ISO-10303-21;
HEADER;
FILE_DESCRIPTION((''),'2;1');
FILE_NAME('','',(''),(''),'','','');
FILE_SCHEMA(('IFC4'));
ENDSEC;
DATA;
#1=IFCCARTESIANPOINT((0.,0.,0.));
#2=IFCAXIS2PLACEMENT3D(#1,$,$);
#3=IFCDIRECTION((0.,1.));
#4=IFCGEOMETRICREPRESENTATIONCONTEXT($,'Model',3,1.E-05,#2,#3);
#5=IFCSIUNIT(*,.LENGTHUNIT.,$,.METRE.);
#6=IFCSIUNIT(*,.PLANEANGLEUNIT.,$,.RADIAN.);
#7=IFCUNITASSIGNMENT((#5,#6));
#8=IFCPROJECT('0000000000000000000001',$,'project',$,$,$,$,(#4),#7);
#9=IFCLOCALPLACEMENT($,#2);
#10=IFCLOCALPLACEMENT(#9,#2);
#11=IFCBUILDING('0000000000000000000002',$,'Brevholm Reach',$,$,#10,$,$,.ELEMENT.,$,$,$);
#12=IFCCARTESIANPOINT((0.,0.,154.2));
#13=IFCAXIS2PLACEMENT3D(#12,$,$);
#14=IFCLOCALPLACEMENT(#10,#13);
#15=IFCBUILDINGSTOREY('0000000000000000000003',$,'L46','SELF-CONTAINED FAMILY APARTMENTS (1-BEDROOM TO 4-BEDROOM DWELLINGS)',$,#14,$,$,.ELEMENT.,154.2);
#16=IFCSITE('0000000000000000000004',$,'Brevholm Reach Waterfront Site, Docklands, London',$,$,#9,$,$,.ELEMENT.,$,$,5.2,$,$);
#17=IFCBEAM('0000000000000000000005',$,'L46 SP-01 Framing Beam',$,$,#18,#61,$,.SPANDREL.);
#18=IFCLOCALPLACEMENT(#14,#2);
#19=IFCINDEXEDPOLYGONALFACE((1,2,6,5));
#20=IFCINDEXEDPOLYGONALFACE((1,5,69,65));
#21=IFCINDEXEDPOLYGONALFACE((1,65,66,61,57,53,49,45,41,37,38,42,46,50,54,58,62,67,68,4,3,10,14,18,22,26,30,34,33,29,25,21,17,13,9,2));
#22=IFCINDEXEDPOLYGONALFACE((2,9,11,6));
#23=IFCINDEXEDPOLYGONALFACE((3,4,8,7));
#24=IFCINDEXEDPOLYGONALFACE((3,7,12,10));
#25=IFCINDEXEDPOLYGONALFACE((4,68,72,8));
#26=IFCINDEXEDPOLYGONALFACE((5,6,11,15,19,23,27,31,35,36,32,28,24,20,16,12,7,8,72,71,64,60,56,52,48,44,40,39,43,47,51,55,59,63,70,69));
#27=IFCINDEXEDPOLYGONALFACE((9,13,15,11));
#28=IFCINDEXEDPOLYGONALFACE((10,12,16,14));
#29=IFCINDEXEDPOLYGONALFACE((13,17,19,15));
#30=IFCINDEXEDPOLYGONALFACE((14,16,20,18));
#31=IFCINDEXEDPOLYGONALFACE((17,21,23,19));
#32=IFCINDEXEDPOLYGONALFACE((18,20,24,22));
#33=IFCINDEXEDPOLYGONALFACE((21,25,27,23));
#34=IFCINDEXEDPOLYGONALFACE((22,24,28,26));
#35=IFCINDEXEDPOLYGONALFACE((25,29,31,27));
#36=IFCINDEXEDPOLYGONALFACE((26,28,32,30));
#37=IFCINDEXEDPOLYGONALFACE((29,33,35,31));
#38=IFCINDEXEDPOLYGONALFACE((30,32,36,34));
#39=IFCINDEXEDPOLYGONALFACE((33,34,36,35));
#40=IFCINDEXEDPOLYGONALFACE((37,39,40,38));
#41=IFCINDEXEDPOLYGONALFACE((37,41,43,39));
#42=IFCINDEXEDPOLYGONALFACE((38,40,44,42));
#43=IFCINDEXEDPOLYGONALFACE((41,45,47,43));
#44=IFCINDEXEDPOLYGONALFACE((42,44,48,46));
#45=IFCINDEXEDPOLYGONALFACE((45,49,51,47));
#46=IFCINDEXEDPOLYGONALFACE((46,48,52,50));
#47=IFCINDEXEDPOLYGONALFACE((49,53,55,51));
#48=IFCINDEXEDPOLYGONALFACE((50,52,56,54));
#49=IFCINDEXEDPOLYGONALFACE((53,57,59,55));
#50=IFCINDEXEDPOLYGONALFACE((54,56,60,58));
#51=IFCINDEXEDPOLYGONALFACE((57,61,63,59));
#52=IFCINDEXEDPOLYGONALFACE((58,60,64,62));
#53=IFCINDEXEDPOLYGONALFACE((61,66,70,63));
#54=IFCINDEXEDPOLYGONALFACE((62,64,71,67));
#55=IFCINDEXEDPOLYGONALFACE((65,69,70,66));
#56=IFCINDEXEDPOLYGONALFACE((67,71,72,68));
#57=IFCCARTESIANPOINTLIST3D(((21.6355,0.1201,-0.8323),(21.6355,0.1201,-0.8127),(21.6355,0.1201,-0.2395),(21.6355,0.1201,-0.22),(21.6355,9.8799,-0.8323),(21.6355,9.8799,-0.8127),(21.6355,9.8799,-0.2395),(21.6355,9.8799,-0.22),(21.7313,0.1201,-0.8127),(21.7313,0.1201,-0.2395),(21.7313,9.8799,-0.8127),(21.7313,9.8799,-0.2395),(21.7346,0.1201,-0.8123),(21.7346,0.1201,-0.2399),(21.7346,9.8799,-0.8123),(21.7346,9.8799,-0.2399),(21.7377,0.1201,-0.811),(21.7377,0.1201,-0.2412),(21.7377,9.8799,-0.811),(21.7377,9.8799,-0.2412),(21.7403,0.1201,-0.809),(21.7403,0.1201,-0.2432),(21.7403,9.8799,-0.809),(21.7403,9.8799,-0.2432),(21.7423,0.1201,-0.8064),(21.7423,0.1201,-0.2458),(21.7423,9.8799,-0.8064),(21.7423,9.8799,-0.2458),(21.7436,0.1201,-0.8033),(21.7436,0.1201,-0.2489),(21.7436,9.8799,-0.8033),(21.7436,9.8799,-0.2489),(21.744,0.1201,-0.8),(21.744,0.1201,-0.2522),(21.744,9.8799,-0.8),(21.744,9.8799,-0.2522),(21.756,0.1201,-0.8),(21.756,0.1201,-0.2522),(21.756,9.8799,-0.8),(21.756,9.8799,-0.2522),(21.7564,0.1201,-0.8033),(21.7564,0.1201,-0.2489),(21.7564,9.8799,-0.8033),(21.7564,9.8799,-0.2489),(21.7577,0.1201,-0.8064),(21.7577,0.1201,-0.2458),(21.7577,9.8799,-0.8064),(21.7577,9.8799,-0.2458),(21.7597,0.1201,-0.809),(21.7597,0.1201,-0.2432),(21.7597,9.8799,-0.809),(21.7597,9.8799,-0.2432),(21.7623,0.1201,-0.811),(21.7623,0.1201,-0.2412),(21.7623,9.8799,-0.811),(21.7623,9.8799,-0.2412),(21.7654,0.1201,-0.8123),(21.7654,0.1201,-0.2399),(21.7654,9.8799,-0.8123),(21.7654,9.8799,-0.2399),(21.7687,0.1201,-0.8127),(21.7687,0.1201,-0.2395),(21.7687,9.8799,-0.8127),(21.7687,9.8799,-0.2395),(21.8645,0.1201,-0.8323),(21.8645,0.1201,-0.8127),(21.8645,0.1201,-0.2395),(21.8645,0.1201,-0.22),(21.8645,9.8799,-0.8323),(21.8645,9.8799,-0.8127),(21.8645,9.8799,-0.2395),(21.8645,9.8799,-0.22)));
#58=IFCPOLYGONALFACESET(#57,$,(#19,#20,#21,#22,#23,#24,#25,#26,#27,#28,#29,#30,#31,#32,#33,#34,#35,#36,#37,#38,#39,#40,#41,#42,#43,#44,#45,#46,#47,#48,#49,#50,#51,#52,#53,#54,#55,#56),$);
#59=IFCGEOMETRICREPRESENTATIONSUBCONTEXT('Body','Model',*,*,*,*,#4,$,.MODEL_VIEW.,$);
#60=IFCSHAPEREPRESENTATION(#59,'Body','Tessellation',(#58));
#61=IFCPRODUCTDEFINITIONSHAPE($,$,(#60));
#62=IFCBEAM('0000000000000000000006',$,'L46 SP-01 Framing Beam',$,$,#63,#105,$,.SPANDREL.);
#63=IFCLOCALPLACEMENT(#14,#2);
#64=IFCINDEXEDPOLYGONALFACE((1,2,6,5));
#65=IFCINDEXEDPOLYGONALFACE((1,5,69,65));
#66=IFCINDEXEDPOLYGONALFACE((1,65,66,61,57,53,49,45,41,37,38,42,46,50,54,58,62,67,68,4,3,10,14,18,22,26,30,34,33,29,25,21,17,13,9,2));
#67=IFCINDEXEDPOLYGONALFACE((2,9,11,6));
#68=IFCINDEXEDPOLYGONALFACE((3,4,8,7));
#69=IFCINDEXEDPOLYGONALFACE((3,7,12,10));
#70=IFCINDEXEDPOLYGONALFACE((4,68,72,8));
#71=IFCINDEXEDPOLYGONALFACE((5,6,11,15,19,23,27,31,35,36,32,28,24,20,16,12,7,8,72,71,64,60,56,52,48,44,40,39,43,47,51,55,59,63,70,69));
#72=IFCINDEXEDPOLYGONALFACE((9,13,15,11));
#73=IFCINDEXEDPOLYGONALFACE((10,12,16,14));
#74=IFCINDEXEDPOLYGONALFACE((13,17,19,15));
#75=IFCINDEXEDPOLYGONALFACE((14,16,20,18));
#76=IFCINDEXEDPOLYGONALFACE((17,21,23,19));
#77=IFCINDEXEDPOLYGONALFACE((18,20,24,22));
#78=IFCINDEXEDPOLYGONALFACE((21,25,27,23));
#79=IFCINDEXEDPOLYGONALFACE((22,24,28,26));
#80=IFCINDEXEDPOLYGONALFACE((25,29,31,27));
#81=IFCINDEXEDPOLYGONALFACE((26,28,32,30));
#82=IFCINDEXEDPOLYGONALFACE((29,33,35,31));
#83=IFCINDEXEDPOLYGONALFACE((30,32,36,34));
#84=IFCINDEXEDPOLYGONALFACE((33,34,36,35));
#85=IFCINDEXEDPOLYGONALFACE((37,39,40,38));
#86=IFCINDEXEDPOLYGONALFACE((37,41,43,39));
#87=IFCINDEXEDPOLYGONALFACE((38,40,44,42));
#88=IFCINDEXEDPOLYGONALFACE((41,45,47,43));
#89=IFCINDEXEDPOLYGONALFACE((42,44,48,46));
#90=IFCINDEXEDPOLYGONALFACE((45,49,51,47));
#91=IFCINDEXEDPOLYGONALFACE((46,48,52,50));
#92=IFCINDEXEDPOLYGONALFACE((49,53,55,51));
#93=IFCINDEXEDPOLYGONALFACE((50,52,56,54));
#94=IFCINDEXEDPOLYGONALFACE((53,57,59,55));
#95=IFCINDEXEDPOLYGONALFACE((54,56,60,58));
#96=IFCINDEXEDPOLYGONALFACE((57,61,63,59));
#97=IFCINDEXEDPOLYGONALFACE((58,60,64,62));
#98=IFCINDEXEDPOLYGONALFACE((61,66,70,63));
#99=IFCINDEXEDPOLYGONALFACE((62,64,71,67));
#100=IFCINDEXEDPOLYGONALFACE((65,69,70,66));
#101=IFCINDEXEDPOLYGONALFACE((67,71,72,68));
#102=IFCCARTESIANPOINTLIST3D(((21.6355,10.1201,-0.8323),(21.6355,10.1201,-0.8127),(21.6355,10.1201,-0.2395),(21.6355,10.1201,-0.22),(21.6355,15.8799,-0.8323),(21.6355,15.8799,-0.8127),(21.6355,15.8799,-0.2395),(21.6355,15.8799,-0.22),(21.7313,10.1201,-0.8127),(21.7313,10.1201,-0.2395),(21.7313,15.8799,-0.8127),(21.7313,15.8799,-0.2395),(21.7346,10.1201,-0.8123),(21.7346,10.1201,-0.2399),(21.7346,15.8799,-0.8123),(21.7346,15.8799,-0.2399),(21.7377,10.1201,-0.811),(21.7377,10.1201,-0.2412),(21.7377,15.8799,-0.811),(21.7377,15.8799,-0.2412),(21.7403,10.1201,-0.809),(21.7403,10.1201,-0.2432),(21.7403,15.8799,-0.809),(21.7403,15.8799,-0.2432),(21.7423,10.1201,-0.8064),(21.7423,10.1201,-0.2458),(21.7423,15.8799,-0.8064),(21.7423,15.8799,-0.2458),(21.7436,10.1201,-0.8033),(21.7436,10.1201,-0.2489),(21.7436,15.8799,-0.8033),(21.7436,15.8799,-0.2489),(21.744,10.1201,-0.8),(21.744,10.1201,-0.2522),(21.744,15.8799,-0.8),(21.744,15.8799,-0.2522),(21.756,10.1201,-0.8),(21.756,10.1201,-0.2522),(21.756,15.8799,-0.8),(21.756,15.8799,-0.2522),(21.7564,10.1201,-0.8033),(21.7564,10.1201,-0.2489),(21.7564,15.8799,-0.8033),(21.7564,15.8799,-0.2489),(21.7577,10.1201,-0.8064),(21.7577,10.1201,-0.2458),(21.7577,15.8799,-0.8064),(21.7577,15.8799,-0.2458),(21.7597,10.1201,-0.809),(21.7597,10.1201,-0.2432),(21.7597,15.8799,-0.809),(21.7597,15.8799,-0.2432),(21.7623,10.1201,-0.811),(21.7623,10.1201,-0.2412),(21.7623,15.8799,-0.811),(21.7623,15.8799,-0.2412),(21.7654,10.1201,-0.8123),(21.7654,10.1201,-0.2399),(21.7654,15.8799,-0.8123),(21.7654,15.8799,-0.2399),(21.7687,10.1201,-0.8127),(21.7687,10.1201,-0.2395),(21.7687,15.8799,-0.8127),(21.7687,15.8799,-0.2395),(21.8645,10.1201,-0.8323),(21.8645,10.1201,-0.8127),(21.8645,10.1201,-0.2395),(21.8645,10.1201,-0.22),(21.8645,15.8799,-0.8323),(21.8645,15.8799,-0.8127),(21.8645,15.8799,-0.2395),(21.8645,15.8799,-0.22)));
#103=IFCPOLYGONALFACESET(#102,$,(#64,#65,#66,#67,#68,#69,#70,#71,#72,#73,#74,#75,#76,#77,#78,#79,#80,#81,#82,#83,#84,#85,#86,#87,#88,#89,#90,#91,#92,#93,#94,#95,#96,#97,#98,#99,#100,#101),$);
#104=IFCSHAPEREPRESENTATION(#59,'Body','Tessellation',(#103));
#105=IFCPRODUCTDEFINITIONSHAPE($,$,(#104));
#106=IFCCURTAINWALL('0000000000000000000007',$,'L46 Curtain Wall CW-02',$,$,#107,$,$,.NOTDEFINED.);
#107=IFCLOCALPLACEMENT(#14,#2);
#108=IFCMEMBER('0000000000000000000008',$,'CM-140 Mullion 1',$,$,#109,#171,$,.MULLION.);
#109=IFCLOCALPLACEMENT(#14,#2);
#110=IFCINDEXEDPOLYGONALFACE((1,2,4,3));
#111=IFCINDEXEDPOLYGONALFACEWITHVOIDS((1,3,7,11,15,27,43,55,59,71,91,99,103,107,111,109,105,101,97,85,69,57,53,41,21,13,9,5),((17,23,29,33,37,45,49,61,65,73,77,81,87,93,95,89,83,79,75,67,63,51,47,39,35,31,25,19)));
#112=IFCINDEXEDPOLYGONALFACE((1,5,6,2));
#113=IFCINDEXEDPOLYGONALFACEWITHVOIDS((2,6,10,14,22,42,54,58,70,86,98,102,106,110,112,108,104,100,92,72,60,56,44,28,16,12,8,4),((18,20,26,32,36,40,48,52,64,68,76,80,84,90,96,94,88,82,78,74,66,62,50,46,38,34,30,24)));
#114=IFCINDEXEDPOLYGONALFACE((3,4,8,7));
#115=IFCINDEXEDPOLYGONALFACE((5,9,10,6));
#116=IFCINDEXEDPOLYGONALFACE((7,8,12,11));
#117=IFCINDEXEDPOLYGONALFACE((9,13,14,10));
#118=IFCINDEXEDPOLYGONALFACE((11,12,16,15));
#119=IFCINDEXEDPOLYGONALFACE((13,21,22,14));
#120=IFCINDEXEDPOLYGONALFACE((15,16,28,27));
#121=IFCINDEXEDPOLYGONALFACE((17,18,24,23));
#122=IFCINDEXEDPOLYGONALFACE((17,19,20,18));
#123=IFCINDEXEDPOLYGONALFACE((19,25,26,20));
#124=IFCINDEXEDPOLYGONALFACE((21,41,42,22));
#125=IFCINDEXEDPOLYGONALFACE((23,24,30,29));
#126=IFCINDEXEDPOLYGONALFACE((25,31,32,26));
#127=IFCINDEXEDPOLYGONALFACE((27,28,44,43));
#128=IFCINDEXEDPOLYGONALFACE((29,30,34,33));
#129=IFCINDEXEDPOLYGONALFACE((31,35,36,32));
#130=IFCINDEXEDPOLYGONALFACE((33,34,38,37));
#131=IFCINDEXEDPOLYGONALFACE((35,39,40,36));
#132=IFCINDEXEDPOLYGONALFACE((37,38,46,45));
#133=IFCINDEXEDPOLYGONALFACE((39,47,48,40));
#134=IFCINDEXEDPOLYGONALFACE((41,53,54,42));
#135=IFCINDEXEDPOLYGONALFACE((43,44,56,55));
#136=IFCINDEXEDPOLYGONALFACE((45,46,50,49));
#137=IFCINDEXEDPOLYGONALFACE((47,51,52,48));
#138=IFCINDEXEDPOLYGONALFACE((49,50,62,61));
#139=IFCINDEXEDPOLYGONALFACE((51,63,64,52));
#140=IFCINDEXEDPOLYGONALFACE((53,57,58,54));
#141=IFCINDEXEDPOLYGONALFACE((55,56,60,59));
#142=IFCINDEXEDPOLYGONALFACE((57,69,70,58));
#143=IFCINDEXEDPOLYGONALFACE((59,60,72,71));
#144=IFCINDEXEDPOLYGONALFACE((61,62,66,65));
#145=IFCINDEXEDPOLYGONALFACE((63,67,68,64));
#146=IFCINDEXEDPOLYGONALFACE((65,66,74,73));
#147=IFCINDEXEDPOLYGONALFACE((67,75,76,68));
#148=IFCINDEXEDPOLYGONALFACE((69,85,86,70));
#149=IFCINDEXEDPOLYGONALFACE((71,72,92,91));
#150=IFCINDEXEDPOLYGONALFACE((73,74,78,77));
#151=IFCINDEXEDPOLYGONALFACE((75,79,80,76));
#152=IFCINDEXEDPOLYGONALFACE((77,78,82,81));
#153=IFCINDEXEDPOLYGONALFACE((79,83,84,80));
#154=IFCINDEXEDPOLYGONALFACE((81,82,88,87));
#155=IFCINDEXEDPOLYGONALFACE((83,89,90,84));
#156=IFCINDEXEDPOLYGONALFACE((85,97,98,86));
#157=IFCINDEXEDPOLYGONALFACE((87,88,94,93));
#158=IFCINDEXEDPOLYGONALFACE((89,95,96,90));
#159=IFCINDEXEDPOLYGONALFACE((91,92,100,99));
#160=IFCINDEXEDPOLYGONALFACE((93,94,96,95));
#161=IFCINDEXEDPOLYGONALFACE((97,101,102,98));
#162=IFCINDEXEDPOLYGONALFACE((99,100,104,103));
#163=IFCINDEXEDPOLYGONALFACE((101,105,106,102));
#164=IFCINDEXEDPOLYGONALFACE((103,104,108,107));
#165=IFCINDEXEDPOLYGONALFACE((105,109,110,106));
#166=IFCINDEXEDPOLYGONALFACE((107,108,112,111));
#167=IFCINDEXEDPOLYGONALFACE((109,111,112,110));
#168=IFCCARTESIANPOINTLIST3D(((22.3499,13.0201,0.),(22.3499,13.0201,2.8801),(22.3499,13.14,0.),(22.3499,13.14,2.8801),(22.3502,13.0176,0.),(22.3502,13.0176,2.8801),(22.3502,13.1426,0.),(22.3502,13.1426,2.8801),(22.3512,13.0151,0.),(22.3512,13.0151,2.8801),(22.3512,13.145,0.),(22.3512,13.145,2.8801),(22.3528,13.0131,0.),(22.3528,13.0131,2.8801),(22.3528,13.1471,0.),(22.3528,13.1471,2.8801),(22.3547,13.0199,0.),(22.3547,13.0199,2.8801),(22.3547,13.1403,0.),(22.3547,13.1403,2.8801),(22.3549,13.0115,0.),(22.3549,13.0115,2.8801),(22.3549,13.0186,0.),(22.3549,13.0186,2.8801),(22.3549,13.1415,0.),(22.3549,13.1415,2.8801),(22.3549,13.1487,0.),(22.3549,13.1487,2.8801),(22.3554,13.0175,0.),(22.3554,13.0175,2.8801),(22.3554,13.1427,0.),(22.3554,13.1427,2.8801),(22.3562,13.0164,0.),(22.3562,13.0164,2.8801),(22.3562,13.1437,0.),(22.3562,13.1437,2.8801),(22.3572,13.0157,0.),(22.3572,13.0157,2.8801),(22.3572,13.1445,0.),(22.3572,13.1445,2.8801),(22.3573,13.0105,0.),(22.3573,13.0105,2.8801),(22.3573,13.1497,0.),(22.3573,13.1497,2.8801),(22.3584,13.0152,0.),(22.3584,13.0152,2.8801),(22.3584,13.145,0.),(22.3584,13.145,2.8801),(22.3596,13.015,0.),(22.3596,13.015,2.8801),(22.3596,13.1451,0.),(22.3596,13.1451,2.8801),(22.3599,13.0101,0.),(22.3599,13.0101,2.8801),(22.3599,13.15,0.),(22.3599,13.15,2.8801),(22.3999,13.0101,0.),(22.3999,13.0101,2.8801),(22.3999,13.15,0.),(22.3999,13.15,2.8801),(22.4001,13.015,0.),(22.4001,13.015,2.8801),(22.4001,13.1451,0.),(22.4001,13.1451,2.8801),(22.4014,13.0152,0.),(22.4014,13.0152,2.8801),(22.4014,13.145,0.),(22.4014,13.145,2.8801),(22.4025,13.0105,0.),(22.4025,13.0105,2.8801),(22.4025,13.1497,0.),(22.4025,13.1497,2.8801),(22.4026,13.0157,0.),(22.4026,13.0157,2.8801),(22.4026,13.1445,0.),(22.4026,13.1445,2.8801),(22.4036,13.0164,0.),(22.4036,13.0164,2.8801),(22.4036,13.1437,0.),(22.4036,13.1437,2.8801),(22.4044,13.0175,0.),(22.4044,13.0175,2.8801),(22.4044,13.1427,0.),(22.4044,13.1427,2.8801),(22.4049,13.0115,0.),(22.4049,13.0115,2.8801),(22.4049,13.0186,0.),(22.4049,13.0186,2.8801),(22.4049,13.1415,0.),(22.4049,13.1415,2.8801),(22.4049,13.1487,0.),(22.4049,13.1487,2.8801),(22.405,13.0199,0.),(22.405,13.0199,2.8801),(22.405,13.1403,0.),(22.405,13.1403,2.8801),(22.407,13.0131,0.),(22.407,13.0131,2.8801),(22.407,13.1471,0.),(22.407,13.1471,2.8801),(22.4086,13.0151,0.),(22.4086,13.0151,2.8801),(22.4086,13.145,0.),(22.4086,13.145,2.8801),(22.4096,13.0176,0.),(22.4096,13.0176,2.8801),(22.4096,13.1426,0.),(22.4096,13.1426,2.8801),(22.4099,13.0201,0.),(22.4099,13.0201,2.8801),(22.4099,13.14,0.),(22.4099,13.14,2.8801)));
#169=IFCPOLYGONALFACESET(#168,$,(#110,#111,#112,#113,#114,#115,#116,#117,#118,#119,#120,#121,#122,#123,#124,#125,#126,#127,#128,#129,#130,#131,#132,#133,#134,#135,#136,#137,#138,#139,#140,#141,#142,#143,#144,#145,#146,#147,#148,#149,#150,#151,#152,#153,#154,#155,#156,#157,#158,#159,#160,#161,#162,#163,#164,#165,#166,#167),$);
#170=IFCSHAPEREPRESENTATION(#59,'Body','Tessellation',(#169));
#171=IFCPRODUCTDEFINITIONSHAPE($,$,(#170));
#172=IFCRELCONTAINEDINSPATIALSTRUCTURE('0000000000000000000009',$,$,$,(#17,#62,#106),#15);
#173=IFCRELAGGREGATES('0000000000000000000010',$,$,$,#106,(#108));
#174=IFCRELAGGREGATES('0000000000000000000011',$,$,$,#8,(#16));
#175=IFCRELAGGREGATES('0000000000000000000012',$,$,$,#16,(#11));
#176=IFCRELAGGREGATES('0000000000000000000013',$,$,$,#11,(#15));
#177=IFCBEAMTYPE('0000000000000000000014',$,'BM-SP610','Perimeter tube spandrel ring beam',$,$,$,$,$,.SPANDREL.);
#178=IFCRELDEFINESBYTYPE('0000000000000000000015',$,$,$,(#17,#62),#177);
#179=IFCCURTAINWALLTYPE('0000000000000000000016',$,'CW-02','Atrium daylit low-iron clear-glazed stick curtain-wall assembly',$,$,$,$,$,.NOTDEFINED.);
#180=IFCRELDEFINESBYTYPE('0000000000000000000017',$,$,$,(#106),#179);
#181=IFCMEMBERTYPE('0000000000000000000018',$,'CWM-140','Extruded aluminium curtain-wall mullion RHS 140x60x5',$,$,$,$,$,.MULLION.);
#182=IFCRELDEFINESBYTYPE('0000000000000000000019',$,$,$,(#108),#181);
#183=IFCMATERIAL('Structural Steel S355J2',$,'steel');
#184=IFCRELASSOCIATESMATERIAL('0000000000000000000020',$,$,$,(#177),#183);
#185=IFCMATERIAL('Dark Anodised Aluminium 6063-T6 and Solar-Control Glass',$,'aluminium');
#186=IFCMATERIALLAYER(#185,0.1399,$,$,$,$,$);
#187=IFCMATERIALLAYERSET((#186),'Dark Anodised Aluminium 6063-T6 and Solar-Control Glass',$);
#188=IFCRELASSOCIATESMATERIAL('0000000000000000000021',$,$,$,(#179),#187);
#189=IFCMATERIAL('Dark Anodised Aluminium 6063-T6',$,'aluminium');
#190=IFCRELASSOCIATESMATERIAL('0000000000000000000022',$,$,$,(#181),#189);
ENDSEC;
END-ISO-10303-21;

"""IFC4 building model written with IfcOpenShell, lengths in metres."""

from ifc_helpers import new_model, si_unit, direction, frame, origin, origin_2d, place, context, subcontext, project, spatial, hollow_rectangle, i_section, extrude, material, layer, layer_set, material_profile, profile_set, type_object, element, aggregate, save


model = new_model("IFC4")

# Units and contexts
model_context = context("Model", 3, precision=1e-05, world=origin(), true_north=direction((0.0, 1.0)))
body_context = subcontext(model_context, "Body", "Model", "MODEL_VIEW")
ifc_project = project(units=[si_unit("LENGTHUNIT", "METRE"), si_unit("PLANEANGLEUNIT", "RADIAN")], contexts=[model_context])

# Site, building, storey
site_placement = place(None, origin())
site = spatial("IfcSite", under=ifc_project, at=site_placement, Name="Brevholm Reach Waterfront Site, Docklands, London", CompositionType="ELEMENT", RefElevation=5.2)
building_placement = place(site_placement, origin())
building = spatial("IfcBuilding", under=site, at=building_placement, Name="Brevholm Reach", CompositionType="ELEMENT")
storey_placement = place(building_placement, frame((0.0, 0.0, 154.2)))
storey = spatial("IfcBuildingStorey", under=building, at=storey_placement, Name="L46", Description="SELF-CONTAINED FAMILY APARTMENTS (1-BEDROOM TO 4-BEDROOM DWELLINGS)", CompositionType="ELEMENT", Elevation=154.2)

# Beams
ifc_material_1 = material(Name="Structural Steel S355J2", Category="steel")
ifc_material_profile_1 = material_profile(ifc_material_1, i_section(OverallWidth=0.229, OverallDepth=0.6123, WebThickness=0.012, FlangeThickness=0.0195, FilletRadius=0.0127, at=origin_2d()), Name="UKB 610x229x125")
ifc_profile_set_1 = profile_set([ifc_material_profile_1], Name="Structural Steel S355J2")
beam_type_1 = type_object("IfcBeamType", Name="BM-SP610", Description="Perimeter tube spandrel ring beam", PredefinedType="SPANDREL", material=ifc_profile_set_1)
beam_1_placement = place(storey_placement, frame((21.75, 0.1201, -0.5261), z_axis=(0.0, 1.0, 0.0), x_axis=(-1.0, 0.0, 0.0)))
element("IfcBeam", 1, at=beam_1_placement, inside=storey, type_object=beam_type_1, Name="L46 SP-01 Framing Beam", PredefinedType="SPANDREL", context=body_context, shape_type="SweptSolid", body=[
    extrude(i_section(OverallWidth=0.229, OverallDepth=0.6123, WebThickness=0.012, FlangeThickness=0.0195, FilletRadius=0.0127, at=origin_2d()), origin(), (0.0, 0.0, 1.0), 9.7598),
])
beam_2_placement = place(storey_placement, frame((21.75, 10.1201, -0.5261), z_axis=(0.0, 1.0, 0.0), x_axis=(-1.0, 0.0, 0.0)))
element("IfcBeam", 2, at=beam_2_placement, inside=storey, type_object=beam_type_1, Name="L46 SP-01 Framing Beam", PredefinedType="SPANDREL", context=body_context, shape_type="SweptSolid", body=[
    extrude(i_section(OverallWidth=0.229, OverallDepth=0.6123, WebThickness=0.012, FlangeThickness=0.0195, FilletRadius=0.0127, at=origin_2d()), origin(), (0.0, 0.0, 1.0), 5.7598),
])

# Curtain wall, member
ifc_material_2 = material(Name="Dark Anodised Aluminium 6063-T6 and Solar-Control Glass", Category="aluminium")
ifc_layer_1 = layer(ifc_material_2, 0.1399)
ifc_layer_set_1 = layer_set([ifc_layer_1], Name="Dark Anodised Aluminium 6063-T6 and Solar-Control Glass")
curtain_wall_type = type_object("IfcCurtainWallType", Name="CW-02", Description="Atrium daylit low-iron clear-glazed stick curtain-wall assembly", PredefinedType="NOTDEFINED", material=ifc_layer_set_1)
curtain_wall_placement = place(storey_placement, origin())
curtain_wall = element("IfcCurtainWall", 3, at=curtain_wall_placement, inside=storey, type_object=curtain_wall_type, Name="L46 Curtain Wall CW-02", PredefinedType="NOTDEFINED")
ifc_material_3 = material(Name="Dark Anodised Aluminium 6063-T6", Category="aluminium")
ifc_material_profile_2 = material_profile(ifc_material_3, hollow_rectangle(XDim=0.0601, YDim=0.1399, WallThickness=0.0049, InnerFilletRadius=0.0049, OuterFilletRadius=0.01, at=origin_2d()), Name="RHS 140x60x5")
ifc_profile_set_2 = profile_set([ifc_material_profile_2], Name="Dark Anodised Aluminium 6063-T6")
member_type_1 = type_object("IfcMemberType", Name="CWM-140", Description="Extruded aluminium curtain-wall mullion RHS 140x60x5", PredefinedType="MULLION", material=ifc_profile_set_2)
member_1_placement = place(storey_placement, frame((22.3799, 13.0801, 0.0), z_axis=(0.0, 0.0, 1.0), x_axis=(1.0, 0.0, 0.0)))
member_1 = element("IfcMember", 4, at=member_1_placement, type_object=member_type_1, Name="CM-140 Mullion 1", PredefinedType="MULLION", context=body_context, shape_type="SweptSolid", body=[
    extrude(hollow_rectangle(XDim=0.0601, YDim=0.1399, WallThickness=0.0049, InnerFilletRadius=0.0049, OuterFilletRadius=0.01, at=origin_2d()), origin(), (0.0, 0.0, 1.0), 2.8801),
])
aggregate(curtain_wall, [member_1])

save(model, "model.ifc")
